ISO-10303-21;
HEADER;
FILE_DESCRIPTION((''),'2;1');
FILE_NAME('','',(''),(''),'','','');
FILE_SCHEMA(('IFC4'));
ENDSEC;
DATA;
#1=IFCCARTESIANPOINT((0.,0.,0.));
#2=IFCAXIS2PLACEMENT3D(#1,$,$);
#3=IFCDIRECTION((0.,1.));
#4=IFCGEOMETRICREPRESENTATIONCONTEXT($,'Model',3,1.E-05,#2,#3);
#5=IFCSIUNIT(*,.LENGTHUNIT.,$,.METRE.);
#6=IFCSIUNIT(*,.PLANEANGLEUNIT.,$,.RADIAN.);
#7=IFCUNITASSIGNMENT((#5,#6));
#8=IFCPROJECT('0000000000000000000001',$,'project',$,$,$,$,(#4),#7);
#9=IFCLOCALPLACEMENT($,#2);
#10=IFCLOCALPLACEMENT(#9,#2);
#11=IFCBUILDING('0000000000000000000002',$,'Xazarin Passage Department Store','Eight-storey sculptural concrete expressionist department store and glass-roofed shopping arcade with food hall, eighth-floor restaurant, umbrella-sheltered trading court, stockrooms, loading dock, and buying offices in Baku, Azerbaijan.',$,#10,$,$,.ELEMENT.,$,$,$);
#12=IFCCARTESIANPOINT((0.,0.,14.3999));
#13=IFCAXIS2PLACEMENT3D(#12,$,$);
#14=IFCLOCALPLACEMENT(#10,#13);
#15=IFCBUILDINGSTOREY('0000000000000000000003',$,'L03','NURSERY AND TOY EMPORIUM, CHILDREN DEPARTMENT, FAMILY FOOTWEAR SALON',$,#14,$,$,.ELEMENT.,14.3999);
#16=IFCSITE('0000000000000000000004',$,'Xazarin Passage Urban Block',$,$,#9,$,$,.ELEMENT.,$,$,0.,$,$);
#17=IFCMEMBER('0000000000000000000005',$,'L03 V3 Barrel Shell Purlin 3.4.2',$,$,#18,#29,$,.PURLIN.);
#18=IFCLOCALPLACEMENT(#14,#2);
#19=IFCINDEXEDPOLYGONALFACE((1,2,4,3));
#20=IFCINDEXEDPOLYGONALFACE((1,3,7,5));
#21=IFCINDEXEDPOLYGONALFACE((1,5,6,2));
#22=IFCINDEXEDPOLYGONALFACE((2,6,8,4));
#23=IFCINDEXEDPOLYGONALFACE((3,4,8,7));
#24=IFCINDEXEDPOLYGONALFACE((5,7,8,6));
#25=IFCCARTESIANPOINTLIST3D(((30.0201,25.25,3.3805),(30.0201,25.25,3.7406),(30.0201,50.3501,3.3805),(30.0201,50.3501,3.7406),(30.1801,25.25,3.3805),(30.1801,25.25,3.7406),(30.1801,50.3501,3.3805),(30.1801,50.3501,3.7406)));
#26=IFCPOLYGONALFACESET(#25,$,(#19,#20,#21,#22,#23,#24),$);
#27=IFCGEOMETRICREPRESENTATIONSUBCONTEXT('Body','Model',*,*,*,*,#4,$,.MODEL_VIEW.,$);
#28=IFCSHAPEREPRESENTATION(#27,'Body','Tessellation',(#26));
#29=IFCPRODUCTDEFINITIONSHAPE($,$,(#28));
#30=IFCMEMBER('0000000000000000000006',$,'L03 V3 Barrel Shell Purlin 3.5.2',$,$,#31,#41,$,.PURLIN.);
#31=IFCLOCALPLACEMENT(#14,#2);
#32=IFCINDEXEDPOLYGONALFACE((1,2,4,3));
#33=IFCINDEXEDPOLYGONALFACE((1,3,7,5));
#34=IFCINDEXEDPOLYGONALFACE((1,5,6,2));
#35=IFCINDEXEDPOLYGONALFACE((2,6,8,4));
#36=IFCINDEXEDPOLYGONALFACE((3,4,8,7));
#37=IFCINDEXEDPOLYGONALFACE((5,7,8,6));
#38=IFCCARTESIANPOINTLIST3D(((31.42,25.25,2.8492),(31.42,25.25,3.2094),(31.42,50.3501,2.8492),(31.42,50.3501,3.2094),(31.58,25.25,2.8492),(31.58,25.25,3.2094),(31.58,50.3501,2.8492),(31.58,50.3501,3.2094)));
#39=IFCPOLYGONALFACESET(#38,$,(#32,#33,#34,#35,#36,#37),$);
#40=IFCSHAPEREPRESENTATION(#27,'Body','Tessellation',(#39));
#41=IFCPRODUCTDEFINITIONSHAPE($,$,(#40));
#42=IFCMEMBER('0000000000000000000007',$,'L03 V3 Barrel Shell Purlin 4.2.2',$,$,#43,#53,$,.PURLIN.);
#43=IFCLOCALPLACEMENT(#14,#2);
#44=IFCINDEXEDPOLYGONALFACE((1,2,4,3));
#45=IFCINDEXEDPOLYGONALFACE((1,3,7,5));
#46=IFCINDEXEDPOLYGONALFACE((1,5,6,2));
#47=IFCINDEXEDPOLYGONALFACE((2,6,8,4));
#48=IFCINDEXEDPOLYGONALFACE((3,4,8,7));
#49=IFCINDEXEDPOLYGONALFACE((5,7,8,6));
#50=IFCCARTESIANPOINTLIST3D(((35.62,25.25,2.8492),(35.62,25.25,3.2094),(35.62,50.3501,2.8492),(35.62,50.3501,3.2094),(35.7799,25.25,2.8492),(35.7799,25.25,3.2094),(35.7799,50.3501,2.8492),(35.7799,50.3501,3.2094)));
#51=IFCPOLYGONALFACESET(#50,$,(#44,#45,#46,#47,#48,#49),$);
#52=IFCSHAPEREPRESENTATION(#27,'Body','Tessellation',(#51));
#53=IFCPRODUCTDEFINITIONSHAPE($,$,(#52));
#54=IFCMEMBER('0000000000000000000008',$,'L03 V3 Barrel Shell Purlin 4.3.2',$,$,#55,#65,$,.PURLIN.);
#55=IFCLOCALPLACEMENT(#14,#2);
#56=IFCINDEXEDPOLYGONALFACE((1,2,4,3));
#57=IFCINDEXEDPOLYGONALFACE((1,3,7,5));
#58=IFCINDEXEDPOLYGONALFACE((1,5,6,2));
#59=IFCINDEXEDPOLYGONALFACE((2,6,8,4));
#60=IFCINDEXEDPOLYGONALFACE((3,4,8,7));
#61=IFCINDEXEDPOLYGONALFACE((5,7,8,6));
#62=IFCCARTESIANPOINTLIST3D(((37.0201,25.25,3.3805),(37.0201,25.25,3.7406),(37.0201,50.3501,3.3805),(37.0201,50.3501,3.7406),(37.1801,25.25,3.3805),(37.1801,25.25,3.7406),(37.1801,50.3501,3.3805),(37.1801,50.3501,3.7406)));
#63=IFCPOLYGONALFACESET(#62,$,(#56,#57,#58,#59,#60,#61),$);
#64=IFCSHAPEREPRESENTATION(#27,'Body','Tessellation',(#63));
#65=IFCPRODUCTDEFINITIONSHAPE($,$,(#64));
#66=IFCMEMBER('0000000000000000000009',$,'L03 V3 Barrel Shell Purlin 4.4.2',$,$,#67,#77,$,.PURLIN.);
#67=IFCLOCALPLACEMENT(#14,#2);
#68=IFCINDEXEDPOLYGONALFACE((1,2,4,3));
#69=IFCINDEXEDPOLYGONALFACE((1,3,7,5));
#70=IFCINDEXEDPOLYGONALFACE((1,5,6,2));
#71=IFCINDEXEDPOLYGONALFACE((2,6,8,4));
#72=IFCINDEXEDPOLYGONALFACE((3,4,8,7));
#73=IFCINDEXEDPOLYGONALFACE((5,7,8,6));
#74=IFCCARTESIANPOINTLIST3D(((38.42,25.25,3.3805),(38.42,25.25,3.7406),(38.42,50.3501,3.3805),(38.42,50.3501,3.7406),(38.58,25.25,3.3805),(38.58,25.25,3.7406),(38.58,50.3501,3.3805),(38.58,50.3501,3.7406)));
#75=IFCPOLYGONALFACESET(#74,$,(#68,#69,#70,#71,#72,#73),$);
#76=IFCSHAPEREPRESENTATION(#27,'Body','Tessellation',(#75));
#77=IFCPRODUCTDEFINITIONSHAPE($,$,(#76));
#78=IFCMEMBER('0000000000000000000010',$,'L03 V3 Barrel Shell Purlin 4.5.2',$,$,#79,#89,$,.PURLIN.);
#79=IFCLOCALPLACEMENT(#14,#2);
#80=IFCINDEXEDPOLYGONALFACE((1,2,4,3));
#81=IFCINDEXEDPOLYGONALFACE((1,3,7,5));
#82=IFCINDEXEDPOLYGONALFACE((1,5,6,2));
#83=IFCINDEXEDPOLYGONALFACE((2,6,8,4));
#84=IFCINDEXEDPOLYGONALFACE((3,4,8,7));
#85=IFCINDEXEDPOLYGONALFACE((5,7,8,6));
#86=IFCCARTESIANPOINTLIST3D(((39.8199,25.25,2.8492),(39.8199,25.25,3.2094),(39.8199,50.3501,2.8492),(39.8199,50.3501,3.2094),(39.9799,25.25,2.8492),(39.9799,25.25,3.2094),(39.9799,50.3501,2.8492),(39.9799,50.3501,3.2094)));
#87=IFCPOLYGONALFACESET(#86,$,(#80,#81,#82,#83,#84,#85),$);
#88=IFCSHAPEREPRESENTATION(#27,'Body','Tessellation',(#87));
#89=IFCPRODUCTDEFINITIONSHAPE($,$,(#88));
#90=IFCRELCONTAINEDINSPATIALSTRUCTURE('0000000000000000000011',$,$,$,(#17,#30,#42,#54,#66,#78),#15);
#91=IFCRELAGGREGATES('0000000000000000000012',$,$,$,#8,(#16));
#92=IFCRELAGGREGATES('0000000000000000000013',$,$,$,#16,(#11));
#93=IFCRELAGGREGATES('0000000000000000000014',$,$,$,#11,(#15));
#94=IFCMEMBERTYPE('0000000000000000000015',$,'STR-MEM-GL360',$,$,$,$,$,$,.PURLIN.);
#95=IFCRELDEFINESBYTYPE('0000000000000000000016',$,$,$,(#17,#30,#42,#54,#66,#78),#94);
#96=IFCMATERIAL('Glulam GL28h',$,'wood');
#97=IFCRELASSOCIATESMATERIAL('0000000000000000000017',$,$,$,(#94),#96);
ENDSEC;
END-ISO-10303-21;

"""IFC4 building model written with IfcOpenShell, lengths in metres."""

from ifc_helpers import new_model, si_unit, direction, frame, origin, origin_2d, place, context, subcontext, project, spatial, rectangle, extrude, material, material_profile, profile_set, type_object, element, save


model = new_model("IFC4")

# Units and contexts
model_context = context("Model", 3, precision=1e-05, world=origin(), true_north=direction((0.0, 1.0)))
body_context = subcontext(model_context, "Body", "Model", "MODEL_VIEW")
ifc_project = project(units=[si_unit("LENGTHUNIT", "METRE"), si_unit("PLANEANGLEUNIT", "RADIAN")], contexts=[model_context])

# Site, building, storey
site_placement = place(None, origin())
site = spatial("IfcSite", under=ifc_project, at=site_placement, Name="Xazarin Passage Urban Block", CompositionType="ELEMENT", RefElevation=0.0)
building_placement = place(site_placement, origin())
building = spatial("IfcBuilding", under=site, at=building_placement, Name="Xazarin Passage Department Store", Description="Eight-storey sculptural concrete expressionist department store and glass-roofed shopping arcade with food hall, eighth-floor restaurant, umbrella-sheltered trading court, stockrooms, loading dock, and buying offices in Baku, Azerbaijan.", CompositionType="ELEMENT")
storey_placement = place(building_placement, frame((0.0, 0.0, 14.3999)))
storey = spatial("IfcBuildingStorey", under=building, at=storey_placement, Name="L03", Description="NURSERY AND TOY EMPORIUM, CHILDREN DEPARTMENT, FAMILY FOOTWEAR SALON", CompositionType="ELEMENT", Elevation=14.3999)

# Members
ifc_material_1 = material(Name="Glulam GL28h", Category="wood")
ifc_material_profile_1 = material_profile(ifc_material_1, rectangle(XDim=0.1599, YDim=0.3601, at=origin_2d()), Name="GL28h 160x360")
ifc_profile_set_1 = profile_set([ifc_material_profile_1], Name="Glulam GL28h")
member_type = type_object("IfcMemberType", Name="STR-MEM-GL360", PredefinedType="PURLIN", material=ifc_profile_set_1)
for number, where, z_axis, x_axis, name in (
    (1, (30.1001, 25.25, 3.5605), (0.0, 1.0, 0.0), (-1.0, 0.0, 0.0), "L03 V3 Barrel Shell Purlin 3.4.2"),
    (2, (31.5, 25.25, 3.0293), (0.0, 1.0, 0.0), (-1.0, 0.0, 0.0), "L03 V3 Barrel Shell Purlin 3.5.2"),
    (3, (35.7, 25.25, 3.0293), (0.0, 1.0, 0.0), (-1.0, 0.0, 0.0), "L03 V3 Barrel Shell Purlin 4.2.2"),
    (4, (37.1001, 25.25, 3.5605), (0.0, 1.0, 0.0), (-1.0, 0.0, 0.0), "L03 V3 Barrel Shell Purlin 4.3.2"),
    (5, (38.5, 25.25, 3.5605), (0.0, 1.0, 0.0), (-1.0, 0.0, 0.0), "L03 V3 Barrel Shell Purlin 4.4.2"),
    (6, (39.8999, 25.25, 3.0293), (0.0, 1.0, 0.0), (-1.0, 0.0, 0.0), "L03 V3 Barrel Shell Purlin 4.5.2"),
):
    element("IfcMember", number, at=place(storey_placement, frame(where, z_axis=z_axis, x_axis=x_axis)), inside=storey, type_object=member_type, Name=name, PredefinedType="PURLIN", context=body_context, shape_type="SweptSolid", body=[
        extrude(rectangle(XDim=0.1599, YDim=0.3601, at=origin_2d()), origin(), (0.0, 0.0, 1.0), 25.1001),
    ])

save(model, "model.ifc")
